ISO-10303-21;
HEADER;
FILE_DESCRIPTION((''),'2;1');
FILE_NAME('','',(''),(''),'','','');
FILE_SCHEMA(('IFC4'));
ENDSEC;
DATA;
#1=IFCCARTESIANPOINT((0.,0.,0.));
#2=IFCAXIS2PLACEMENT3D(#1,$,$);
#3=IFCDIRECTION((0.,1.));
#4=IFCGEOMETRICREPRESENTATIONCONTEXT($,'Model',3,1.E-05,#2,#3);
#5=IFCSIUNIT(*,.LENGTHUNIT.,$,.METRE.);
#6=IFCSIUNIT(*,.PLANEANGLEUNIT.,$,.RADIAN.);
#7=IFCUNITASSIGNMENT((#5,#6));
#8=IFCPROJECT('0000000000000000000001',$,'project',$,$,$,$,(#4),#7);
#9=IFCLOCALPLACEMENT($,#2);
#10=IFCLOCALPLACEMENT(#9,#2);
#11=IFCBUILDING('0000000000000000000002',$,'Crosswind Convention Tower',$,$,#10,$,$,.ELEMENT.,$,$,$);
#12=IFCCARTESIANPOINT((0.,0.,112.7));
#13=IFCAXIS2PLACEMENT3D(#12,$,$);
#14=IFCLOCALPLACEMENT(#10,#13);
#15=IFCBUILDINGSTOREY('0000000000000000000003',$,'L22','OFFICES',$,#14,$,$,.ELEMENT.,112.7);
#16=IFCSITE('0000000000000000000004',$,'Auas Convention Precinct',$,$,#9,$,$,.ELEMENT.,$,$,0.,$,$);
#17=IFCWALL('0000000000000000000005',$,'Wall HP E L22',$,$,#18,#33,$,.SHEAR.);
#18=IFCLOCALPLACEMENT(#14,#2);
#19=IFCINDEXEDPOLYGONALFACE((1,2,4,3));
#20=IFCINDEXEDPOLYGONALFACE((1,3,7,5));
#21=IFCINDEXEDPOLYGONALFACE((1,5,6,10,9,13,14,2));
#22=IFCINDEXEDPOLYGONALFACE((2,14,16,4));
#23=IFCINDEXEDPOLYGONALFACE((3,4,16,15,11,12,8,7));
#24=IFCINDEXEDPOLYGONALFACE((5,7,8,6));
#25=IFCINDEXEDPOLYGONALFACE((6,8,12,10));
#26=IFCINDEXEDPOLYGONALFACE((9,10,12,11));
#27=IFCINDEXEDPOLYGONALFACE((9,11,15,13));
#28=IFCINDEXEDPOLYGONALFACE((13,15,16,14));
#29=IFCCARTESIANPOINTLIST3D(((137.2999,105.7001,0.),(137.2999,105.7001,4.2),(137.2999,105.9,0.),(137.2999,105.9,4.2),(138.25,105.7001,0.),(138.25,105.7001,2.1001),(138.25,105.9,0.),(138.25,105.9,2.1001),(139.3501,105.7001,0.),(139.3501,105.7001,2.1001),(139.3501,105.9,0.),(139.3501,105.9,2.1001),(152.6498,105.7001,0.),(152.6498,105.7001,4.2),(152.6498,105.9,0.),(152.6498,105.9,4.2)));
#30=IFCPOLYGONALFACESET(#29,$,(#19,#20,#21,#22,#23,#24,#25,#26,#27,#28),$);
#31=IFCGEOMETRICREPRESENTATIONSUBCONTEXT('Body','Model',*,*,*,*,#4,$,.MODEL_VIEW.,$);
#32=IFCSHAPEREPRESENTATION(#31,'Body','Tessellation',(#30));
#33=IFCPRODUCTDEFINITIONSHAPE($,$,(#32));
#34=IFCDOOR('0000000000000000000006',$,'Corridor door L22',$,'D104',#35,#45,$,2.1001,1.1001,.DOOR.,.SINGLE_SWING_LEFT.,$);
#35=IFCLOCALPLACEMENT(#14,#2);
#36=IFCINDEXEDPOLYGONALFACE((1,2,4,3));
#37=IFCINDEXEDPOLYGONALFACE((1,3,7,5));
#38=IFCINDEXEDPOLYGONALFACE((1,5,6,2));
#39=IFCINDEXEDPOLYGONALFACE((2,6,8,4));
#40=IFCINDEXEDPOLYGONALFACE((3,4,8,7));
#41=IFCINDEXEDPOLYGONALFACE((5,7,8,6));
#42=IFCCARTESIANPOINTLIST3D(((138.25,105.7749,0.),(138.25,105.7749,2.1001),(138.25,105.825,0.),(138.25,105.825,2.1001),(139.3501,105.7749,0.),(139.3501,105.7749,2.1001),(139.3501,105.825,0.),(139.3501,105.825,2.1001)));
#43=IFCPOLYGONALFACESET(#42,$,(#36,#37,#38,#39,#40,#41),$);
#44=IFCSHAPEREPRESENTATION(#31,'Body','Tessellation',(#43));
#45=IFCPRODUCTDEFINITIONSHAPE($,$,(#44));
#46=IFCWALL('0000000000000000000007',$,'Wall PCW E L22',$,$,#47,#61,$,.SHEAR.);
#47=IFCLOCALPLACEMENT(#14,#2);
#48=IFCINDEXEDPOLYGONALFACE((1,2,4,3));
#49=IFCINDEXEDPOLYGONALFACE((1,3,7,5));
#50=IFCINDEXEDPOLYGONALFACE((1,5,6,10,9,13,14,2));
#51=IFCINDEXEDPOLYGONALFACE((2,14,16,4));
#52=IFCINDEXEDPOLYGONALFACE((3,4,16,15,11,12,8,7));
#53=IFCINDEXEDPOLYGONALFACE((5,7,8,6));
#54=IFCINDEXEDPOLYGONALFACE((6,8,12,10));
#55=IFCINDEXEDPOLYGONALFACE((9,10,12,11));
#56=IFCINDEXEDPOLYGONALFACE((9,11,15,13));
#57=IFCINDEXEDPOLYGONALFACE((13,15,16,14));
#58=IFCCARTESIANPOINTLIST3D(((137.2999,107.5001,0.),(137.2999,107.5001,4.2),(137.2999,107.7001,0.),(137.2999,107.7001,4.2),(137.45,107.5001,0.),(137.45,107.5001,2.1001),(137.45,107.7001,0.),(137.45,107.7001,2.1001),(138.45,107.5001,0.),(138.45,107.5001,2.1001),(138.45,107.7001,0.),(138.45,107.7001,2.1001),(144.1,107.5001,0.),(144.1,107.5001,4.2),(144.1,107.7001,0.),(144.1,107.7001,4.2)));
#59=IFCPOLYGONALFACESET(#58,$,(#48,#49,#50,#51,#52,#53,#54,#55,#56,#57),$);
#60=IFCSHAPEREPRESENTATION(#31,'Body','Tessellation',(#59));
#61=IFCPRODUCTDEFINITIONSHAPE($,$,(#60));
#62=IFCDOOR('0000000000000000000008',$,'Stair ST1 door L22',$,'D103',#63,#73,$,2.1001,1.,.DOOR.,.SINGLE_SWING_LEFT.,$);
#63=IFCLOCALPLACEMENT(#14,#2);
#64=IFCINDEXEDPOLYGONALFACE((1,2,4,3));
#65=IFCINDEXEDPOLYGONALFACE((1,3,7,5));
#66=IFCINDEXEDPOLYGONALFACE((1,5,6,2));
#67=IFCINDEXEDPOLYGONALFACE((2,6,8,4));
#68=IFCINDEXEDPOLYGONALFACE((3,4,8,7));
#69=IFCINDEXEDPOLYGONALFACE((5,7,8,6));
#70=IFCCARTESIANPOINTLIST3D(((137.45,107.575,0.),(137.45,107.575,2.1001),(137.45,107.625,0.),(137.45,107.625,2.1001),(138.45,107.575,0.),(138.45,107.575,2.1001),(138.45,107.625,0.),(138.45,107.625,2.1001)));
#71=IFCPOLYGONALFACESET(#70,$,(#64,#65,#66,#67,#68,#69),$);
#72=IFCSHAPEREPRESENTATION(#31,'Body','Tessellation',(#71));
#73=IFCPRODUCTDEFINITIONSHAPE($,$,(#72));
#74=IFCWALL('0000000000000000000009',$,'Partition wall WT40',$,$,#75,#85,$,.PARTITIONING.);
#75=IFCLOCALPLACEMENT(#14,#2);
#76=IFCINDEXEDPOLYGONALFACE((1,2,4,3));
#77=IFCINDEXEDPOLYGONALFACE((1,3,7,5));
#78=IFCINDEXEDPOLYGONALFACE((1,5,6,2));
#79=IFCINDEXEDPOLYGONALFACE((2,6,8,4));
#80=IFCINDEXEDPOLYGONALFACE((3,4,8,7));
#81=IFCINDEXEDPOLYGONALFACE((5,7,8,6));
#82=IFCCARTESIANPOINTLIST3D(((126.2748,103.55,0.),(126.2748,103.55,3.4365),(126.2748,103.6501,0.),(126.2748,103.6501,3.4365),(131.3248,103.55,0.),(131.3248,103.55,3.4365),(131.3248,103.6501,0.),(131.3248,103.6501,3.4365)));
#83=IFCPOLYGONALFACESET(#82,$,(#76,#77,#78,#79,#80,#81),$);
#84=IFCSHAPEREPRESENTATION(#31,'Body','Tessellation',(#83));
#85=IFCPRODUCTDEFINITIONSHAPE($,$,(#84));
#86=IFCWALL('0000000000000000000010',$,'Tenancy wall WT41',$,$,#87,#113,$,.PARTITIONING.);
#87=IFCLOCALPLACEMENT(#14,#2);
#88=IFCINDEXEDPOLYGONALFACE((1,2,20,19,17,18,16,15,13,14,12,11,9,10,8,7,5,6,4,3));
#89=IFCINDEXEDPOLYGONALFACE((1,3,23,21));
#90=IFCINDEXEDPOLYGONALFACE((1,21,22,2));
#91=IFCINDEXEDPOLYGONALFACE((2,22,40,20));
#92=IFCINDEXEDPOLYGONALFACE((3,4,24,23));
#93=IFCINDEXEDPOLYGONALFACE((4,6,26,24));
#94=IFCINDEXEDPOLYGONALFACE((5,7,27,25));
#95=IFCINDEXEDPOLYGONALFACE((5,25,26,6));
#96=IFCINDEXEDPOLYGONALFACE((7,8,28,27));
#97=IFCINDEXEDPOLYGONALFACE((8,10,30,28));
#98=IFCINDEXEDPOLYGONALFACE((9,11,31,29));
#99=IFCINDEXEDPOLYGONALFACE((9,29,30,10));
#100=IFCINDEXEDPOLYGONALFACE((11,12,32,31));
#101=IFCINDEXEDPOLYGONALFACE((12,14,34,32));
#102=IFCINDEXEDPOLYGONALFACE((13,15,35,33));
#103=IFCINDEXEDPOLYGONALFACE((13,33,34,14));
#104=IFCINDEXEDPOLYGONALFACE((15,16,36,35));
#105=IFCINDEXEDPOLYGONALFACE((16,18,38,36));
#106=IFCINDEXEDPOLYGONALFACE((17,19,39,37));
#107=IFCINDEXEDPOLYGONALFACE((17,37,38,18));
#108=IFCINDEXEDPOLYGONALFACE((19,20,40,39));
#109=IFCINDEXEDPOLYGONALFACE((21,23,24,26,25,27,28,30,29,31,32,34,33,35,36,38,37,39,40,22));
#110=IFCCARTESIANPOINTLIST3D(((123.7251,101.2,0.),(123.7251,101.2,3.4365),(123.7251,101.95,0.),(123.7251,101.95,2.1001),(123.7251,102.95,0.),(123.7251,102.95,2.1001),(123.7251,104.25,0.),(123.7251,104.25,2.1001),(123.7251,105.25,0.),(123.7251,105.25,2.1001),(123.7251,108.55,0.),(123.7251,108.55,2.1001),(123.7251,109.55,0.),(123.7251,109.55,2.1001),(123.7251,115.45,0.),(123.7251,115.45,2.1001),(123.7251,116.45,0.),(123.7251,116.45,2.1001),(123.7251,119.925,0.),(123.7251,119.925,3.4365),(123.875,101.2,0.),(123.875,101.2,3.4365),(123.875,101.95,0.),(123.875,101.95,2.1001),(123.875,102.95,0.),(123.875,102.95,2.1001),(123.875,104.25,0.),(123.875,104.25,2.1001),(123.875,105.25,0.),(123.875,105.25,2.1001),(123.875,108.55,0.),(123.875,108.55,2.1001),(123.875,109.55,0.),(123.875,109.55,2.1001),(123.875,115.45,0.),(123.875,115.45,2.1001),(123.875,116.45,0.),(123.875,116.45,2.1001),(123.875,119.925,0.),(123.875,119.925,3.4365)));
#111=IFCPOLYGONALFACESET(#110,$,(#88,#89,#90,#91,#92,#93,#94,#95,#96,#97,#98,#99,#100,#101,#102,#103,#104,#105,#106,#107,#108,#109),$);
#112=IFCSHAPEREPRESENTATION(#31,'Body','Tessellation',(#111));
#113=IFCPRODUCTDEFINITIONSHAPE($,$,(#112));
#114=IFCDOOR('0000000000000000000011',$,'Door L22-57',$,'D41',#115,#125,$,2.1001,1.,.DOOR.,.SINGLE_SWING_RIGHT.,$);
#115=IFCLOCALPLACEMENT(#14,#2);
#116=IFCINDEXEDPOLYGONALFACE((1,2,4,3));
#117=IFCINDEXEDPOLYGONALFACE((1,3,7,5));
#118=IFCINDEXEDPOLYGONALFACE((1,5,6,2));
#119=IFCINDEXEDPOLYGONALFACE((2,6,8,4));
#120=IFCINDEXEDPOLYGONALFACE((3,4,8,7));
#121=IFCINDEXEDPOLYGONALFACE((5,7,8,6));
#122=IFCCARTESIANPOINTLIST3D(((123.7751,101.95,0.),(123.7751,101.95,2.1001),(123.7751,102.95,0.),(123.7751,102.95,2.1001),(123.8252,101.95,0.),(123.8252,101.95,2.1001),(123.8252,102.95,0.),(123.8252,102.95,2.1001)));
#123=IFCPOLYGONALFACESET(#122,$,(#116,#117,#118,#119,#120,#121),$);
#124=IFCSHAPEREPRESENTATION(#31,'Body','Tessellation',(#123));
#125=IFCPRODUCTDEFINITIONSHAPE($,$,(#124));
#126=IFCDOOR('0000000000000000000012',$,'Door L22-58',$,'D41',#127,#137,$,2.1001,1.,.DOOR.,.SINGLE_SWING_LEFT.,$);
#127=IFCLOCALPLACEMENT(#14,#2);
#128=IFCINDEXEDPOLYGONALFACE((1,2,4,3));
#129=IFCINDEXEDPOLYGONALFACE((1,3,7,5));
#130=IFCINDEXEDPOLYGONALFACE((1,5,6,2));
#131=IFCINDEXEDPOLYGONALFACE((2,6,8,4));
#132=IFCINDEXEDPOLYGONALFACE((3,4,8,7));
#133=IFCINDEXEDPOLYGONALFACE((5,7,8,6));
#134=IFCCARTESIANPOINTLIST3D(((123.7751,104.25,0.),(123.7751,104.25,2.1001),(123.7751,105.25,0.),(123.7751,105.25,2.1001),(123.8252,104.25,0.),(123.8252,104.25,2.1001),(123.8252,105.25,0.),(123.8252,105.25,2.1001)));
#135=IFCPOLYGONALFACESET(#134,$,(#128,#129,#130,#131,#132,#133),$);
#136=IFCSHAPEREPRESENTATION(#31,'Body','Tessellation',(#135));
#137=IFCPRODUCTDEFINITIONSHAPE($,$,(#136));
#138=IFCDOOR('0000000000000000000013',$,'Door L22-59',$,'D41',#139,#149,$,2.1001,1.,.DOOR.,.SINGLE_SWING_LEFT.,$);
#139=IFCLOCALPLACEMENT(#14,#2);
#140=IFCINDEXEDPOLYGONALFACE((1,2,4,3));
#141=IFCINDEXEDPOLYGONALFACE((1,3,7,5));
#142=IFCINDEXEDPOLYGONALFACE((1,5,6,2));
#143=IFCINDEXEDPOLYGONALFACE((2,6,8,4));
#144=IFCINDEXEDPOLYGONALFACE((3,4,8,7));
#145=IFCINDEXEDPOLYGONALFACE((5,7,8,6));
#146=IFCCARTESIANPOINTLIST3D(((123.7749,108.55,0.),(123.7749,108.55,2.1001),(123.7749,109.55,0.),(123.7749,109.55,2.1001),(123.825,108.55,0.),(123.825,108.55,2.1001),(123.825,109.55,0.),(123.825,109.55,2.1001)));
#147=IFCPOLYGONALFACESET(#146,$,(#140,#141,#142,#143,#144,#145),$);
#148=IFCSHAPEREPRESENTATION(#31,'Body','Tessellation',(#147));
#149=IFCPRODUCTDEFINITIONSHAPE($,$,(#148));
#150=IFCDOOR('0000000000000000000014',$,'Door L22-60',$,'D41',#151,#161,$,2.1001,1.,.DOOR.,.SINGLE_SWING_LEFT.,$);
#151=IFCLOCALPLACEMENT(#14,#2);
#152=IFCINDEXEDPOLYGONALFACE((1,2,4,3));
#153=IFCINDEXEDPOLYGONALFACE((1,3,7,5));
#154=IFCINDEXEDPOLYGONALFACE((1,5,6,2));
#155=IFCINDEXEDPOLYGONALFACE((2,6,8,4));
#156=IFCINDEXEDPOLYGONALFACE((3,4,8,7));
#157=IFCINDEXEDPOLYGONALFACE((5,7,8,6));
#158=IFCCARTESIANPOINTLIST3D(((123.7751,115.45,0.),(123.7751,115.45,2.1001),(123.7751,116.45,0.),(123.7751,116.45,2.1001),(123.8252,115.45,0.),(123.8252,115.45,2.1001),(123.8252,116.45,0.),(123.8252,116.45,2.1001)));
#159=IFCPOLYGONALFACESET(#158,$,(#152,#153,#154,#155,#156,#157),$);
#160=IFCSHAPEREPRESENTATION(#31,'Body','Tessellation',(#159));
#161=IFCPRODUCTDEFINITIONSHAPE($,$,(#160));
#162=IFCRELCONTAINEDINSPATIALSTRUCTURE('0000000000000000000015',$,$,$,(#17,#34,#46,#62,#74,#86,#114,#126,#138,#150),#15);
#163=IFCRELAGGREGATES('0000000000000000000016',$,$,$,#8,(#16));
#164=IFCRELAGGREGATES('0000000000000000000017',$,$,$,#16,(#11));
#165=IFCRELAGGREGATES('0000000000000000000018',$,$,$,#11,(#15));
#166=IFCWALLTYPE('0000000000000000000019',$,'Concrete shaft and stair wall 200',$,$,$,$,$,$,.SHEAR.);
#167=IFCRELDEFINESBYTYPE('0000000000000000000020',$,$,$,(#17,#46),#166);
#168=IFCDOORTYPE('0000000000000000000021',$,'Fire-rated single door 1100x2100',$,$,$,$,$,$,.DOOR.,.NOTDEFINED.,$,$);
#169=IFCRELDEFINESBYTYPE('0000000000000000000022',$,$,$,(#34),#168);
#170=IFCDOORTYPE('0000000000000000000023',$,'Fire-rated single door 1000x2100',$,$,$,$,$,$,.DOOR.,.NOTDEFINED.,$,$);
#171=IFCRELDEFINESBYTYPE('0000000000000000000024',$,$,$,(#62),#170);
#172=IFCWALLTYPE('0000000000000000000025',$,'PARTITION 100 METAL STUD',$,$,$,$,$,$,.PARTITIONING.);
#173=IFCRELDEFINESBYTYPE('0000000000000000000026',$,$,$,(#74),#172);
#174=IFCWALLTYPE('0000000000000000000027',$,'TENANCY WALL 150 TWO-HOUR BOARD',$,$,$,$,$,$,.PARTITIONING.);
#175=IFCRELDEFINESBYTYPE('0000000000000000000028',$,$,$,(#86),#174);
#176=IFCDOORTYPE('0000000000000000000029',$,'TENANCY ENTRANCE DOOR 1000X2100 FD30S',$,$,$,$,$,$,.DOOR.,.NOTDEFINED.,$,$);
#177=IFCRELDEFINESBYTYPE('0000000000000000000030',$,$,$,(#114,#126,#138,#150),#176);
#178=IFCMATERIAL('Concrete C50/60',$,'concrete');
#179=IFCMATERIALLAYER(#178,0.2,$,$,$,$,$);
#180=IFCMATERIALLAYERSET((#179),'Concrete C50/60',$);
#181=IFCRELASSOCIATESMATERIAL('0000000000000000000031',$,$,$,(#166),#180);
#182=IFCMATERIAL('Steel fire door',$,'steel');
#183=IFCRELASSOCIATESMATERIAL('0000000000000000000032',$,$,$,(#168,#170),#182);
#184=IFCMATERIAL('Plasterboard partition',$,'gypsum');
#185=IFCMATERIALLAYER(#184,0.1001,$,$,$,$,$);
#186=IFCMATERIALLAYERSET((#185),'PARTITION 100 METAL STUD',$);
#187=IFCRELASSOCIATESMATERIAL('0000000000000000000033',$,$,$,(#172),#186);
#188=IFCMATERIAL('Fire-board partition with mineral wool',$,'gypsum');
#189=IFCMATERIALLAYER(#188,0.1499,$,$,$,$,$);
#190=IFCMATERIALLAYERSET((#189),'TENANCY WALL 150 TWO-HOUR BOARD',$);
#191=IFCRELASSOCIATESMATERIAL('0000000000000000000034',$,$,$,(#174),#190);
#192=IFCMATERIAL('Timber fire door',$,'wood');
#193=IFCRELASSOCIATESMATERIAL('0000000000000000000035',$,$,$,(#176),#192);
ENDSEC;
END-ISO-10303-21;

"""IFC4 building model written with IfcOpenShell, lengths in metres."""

from ifc_helpers import new_model, si_unit, direction, frame, frame_2d, origin, place, context, subcontext, project, spatial, rectangle, extrude, material, layer, layer_set, type_object, element, fill, save


model = new_model("IFC4")

# Units and contexts
model_context = context("Model", 3, precision=1e-05, world=origin(), true_north=direction((0.0, 1.0)))
body_context = subcontext(model_context, "Body", "Model", "MODEL_VIEW")
ifc_project = project(units=[si_unit("LENGTHUNIT", "METRE"), si_unit("PLANEANGLEUNIT", "RADIAN")], contexts=[model_context])

# Site, building, storey
site_placement = place(None, origin())
site = spatial("IfcSite", under=ifc_project, at=site_placement, Name="Auas Convention Precinct", CompositionType="ELEMENT", RefElevation=0.0)
building_placement = place(site_placement, origin())
building = spatial("IfcBuilding", under=site, at=building_placement, Name="Crosswind Convention Tower", CompositionType="ELEMENT")
storey_placement = place(building_placement, frame((0.0, 0.0, 112.7)))
storey = spatial("IfcBuildingStorey", under=building, at=storey_placement, Name="L22", Description="OFFICES", CompositionType="ELEMENT", Elevation=112.7)

# Shared definitions
ifc_material_1 = material(Name="Concrete C50/60", Category="concrete")

# Walls, openings, doors
ifc_layer_1 = layer(ifc_material_1, 0.2)
ifc_layer_set_1 = layer_set([ifc_layer_1], Name="Concrete C50/60")
wall_type_1 = type_object("IfcWallType", Name="Concrete shaft and stair wall 200", PredefinedType="SHEAR", material=ifc_layer_set_1)
wall_1_placement = place(storey_placement, frame((137.3, 105.8, 0.0), z_axis=(0.0, 0.0, 1.0), x_axis=(1.0, 0.0, 0.0)))
wall_1 = element("IfcWall", 1, at=wall_1_placement, inside=storey, type_object=wall_type_1, Name="Wall HP E L22", PredefinedType="SHEAR", context=body_context, shape_type="SweptSolid", body=[
    extrude(rectangle(XDim=15.3499, YDim=0.2, at=frame_2d((7.6748, 0.0))), origin(), (0.0, 0.0, 1.0), 4.2),
])
opening_1_placement = place(wall_1_placement, frame((0.95, 0.0, 0.0)))
opening_1 = element("IfcOpeningElement", 2, at=opening_1_placement, cuts=wall_1, PredefinedType="OPENING", context=body_context, shape_type="SweptSolid", body=[
    extrude(rectangle(XDim=1.1001, YDim=2.1001, at=frame_2d((0.55, 1.05))), frame((0.0, 0.1099, 0.0), z_axis=(0.0, -1.0, 0.0), x_axis=(1.0, 0.0, 0.0)), (0.0, 0.0, 1.0), 0.22),
])
ifc_material_2 = material(Name="Steel fire door", Category="steel")
door_type_1 = type_object("IfcDoorType", Name="Fire-rated single door 1100x2100", OperationType="NOTDEFINED", PredefinedType="DOOR", material=ifc_material_2)
door_1_placement = place(opening_1_placement, origin())
door_1 = element("IfcDoor", 3, at=door_1_placement, inside=storey, type_object=door_type_1, Name="Corridor door L22", ObjectType="D104", OperationType="SINGLE_SWING_LEFT", OverallHeight=2.1001, OverallWidth=1.1001, PredefinedType="DOOR", context=body_context, shape_type="SweptSolid", body=[
    extrude(rectangle(XDim=1.1001, YDim=2.1001, at=frame_2d((0.55, 1.05))), frame((0.0, 0.0249, 0.0), z_axis=(0.0, -1.0, 0.0), x_axis=(1.0, 0.0, 0.0)), (0.0, 0.0, 1.0), 0.05),
])
fill(opening_1, door_1)
wall_2_placement = place(storey_placement, frame((137.3, 107.6001, 0.0), z_axis=(0.0, 0.0, 1.0), x_axis=(1.0, 0.0, 0.0)))
wall_2 = element("IfcWall", 4, at=wall_2_placement, inside=storey, type_object=wall_type_1, Name="Wall PCW E L22", PredefinedType="SHEAR", context=body_context, shape_type="SweptSolid", body=[
    extrude(rectangle(XDim=6.8, YDim=0.2, at=frame_2d((3.3999, 0.0))), origin(), (0.0, 0.0, 1.0), 4.2),
])
opening_2_placement = place(wall_2_placement, frame((0.1499, 0.0, 0.0)))
opening_2 = element("IfcOpeningElement", 5, at=opening_2_placement, cuts=wall_2, PredefinedType="OPENING", context=body_context, shape_type="SweptSolid", body=[
    extrude(rectangle(XDim=1.0, YDim=2.1001, at=frame_2d((0.5, 1.05))), frame((0.0, 0.1099, 0.0), z_axis=(0.0, -1.0, 0.0), x_axis=(1.0, 0.0, 0.0)), (0.0, 0.0, 1.0), 0.22),
])
door_type_2 = type_object("IfcDoorType", Name="Fire-rated single door 1000x2100", OperationType="NOTDEFINED", PredefinedType="DOOR", material=ifc_material_2)
door_2_placement = place(opening_2_placement, origin())
door_2 = element("IfcDoor", 6, at=door_2_placement, inside=storey, type_object=door_type_2, Name="Stair ST1 door L22", ObjectType="D103", OperationType="SINGLE_SWING_LEFT", OverallHeight=2.1001, OverallWidth=1.0, PredefinedType="DOOR", context=body_context, shape_type="SweptSolid", body=[
    extrude(rectangle(XDim=1.0, YDim=2.1001, at=frame_2d((0.5, 1.05))), frame((0.0, 0.0249, 0.0), z_axis=(0.0, -1.0, 0.0), x_axis=(1.0, 0.0, 0.0)), (0.0, 0.0, 1.0), 0.05),
])
fill(opening_2, door_2)

# Wall
ifc_material_3 = material(Name="Plasterboard partition", Category="gypsum")
ifc_layer_2 = layer(ifc_material_3, 0.1001)
ifc_layer_set_2 = layer_set([ifc_layer_2], Name="PARTITION 100 METAL STUD")
wall_type_2 = type_object("IfcWallType", Name="PARTITION 100 METAL STUD", PredefinedType="PARTITIONING", material=ifc_layer_set_2)
wall_3_placement = place(storey_placement, frame((126.2749, 103.6001, 0.0), z_axis=(0.0, 0.0, 1.0), x_axis=(1.0, 0.0, 0.0)))
element("IfcWall", 7, at=wall_3_placement, inside=storey, type_object=wall_type_2, Name="Partition wall WT40", PredefinedType="PARTITIONING", context=body_context, shape_type="SweptSolid", body=[
    extrude(rectangle(XDim=5.05, YDim=0.1001, at=frame_2d((2.5249, 0.0))), origin(), (0.0, 0.0, 1.0), 3.4365),
])

# Wall, openings, doors
ifc_material_4 = material(Name="Fire-board partition with mineral wool", Category="gypsum")
ifc_layer_3 = layer(ifc_material_4, 0.1499)
ifc_layer_set_3 = layer_set([ifc_layer_3], Name="TENANCY WALL 150 TWO-HOUR BOARD")
wall_type_3 = type_object("IfcWallType", Name="TENANCY WALL 150 TWO-HOUR BOARD", PredefinedType="PARTITIONING", material=ifc_layer_set_3)
wall_4_placement = place(storey_placement, frame((123.8, 101.2, 0.0), z_axis=(0.0, 0.0, 1.0), x_axis=(0.0, 1.0, 0.0)))
wall_4 = element("IfcWall", 8, at=wall_4_placement, inside=storey, type_object=wall_type_3, Name="Tenancy wall WT41", PredefinedType="PARTITIONING", context=body_context, shape_type="SweptSolid", body=[
    extrude(rectangle(XDim=18.7251, YDim=0.1499, at=frame_2d((9.3625, 0.0))), origin(), (0.0, 0.0, 1.0), 3.4365),
])
opening_3_placement = place(wall_4_placement, frame((0.75, 0.0, 0.0)))
opening_3 = element("IfcOpeningElement", 9, at=opening_3_placement, cuts=wall_4, PredefinedType="OPENING", context=body_context, shape_type="SweptSolid", body=[
    extrude(rectangle(XDim=1.0, YDim=2.1001, at=frame_2d((0.5, 1.05))), frame((0.0, 0.085, 0.0), z_axis=(0.0, -1.0, 0.0), x_axis=(1.0, 0.0, 0.0)), (0.0, 0.0, 1.0), 0.1699),
])
opening_4_placement = place(wall_4_placement, frame((3.05, 0.0, 0.0)))
opening_4 = element("IfcOpeningElement", 10, at=opening_4_placement, cuts=wall_4, PredefinedType="OPENING", context=body_context, shape_type="SweptSolid", body=[
    extrude(rectangle(XDim=1.0, YDim=2.1001, at=frame_2d((0.5, 1.05))), frame((0.0, 0.085, 0.0), z_axis=(0.0, -1.0, 0.0), x_axis=(1.0, 0.0, 0.0)), (0.0, 0.0, 1.0), 0.1699),
])
opening_5_placement = place(wall_4_placement, frame((7.3501, 0.0, 0.0)))
opening_5 = element("IfcOpeningElement", 11, at=opening_5_placement, cuts=wall_4, PredefinedType="OPENING", context=body_context, shape_type="SweptSolid", body=[
    extrude(rectangle(XDim=1.0, YDim=2.1001, at=frame_2d((0.5, 1.05))), frame((0.0, 0.085, 0.0), z_axis=(0.0, -1.0, 0.0), x_axis=(1.0, 0.0, 0.0)), (0.0, 0.0, 1.0), 0.1699),
])
opening_6_placement = place(wall_4_placement, frame((14.25, 0.0, 0.0)))
opening_6 = element("IfcOpeningElement", 12, at=opening_6_placement, cuts=wall_4, PredefinedType="OPENING", context=body_context, shape_type="SweptSolid", body=[
    extrude(rectangle(XDim=1.0, YDim=2.1001, at=frame_2d((0.5, 1.05))), frame((0.0, 0.085, 0.0), z_axis=(0.0, -1.0, 0.0), x_axis=(1.0, 0.0, 0.0)), (0.0, 0.0, 1.0), 0.1699),
])
ifc_material_5 = material(Name="Timber fire door", Category="wood")
door_type_3 = type_object("IfcDoorType", Name="TENANCY ENTRANCE DOOR 1000X2100 FD30S", OperationType="NOTDEFINED", PredefinedType="DOOR", material=ifc_material_5)
door_3_placement = place(opening_3_placement, origin())
door_3 = element("IfcDoor", 13, at=door_3_placement, inside=storey, type_object=door_type_3, Name="Door L22-57", ObjectType="D41", OperationType="SINGLE_SWING_RIGHT", OverallHeight=2.1001, OverallWidth=1.0, PredefinedType="DOOR", context=body_context, shape_type="SweptSolid", body=[
    extrude(rectangle(XDim=1.0, YDim=2.1001, at=frame_2d((0.5, 1.05))), frame((0.0, 0.0249, 0.0), z_axis=(0.0, -1.0, 0.0), x_axis=(1.0, 0.0, 0.0)), (0.0, 0.0, 1.0), 0.05),
])
fill(opening_3, door_3)
door_4_placement = place(opening_4_placement, origin())
door_4 = element("IfcDoor", 14, at=door_4_placement, inside=storey, type_object=door_type_3, Name="Door L22-58", ObjectType="D41", OperationType="SINGLE_SWING_LEFT", OverallHeight=2.1001, OverallWidth=1.0, PredefinedType="DOOR", context=body_context, shape_type="SweptSolid", body=[
    extrude(rectangle(XDim=1.0, YDim=2.1001, at=frame_2d((0.5, 1.05))), frame((0.0, 0.0249, 0.0), z_axis=(0.0, -1.0, 0.0), x_axis=(1.0, 0.0, 0.0)), (0.0, 0.0, 1.0), 0.05),
])
fill(opening_4, door_4)
door_5_placement = place(opening_5_placement, frame((1.0, 0.0, 0.0), z_axis=(0.0, 0.0, 1.0), x_axis=(-1.0, 0.0, 0.0)))
door_5 = element("IfcDoor", 15, at=door_5_placement, inside=storey, type_object=door_type_3, Name="Door L22-59", ObjectType="D41", OperationType="SINGLE_SWING_LEFT", OverallHeight=2.1001, OverallWidth=1.0, PredefinedType="DOOR", context=body_context, shape_type="SweptSolid", body=[
    extrude(rectangle(XDim=1.0, YDim=2.1001, at=frame_2d((0.5, 1.05))), frame((0.0, 0.0249, 0.0), z_axis=(0.0, -1.0, 0.0), x_axis=(1.0, 0.0, 0.0)), (0.0, 0.0, 1.0), 0.05),
])
fill(opening_5, door_5)
door_6_placement = place(opening_6_placement, origin())
door_6 = element("IfcDoor", 16, at=door_6_placement, inside=storey, type_object=door_type_3, Name="Door L22-60", ObjectType="D41", OperationType="SINGLE_SWING_LEFT", OverallHeight=2.1001, OverallWidth=1.0, PredefinedType="DOOR", context=body_context, shape_type="SweptSolid", body=[
    extrude(rectangle(XDim=1.0, YDim=2.1001, at=frame_2d((0.5, 1.05))), frame((0.0, 0.0249, 0.0), z_axis=(0.0, -1.0, 0.0), x_axis=(1.0, 0.0, 0.0)), (0.0, 0.0, 1.0), 0.05),
])
fill(opening_6, door_6)

save(model, "model.ifc")
